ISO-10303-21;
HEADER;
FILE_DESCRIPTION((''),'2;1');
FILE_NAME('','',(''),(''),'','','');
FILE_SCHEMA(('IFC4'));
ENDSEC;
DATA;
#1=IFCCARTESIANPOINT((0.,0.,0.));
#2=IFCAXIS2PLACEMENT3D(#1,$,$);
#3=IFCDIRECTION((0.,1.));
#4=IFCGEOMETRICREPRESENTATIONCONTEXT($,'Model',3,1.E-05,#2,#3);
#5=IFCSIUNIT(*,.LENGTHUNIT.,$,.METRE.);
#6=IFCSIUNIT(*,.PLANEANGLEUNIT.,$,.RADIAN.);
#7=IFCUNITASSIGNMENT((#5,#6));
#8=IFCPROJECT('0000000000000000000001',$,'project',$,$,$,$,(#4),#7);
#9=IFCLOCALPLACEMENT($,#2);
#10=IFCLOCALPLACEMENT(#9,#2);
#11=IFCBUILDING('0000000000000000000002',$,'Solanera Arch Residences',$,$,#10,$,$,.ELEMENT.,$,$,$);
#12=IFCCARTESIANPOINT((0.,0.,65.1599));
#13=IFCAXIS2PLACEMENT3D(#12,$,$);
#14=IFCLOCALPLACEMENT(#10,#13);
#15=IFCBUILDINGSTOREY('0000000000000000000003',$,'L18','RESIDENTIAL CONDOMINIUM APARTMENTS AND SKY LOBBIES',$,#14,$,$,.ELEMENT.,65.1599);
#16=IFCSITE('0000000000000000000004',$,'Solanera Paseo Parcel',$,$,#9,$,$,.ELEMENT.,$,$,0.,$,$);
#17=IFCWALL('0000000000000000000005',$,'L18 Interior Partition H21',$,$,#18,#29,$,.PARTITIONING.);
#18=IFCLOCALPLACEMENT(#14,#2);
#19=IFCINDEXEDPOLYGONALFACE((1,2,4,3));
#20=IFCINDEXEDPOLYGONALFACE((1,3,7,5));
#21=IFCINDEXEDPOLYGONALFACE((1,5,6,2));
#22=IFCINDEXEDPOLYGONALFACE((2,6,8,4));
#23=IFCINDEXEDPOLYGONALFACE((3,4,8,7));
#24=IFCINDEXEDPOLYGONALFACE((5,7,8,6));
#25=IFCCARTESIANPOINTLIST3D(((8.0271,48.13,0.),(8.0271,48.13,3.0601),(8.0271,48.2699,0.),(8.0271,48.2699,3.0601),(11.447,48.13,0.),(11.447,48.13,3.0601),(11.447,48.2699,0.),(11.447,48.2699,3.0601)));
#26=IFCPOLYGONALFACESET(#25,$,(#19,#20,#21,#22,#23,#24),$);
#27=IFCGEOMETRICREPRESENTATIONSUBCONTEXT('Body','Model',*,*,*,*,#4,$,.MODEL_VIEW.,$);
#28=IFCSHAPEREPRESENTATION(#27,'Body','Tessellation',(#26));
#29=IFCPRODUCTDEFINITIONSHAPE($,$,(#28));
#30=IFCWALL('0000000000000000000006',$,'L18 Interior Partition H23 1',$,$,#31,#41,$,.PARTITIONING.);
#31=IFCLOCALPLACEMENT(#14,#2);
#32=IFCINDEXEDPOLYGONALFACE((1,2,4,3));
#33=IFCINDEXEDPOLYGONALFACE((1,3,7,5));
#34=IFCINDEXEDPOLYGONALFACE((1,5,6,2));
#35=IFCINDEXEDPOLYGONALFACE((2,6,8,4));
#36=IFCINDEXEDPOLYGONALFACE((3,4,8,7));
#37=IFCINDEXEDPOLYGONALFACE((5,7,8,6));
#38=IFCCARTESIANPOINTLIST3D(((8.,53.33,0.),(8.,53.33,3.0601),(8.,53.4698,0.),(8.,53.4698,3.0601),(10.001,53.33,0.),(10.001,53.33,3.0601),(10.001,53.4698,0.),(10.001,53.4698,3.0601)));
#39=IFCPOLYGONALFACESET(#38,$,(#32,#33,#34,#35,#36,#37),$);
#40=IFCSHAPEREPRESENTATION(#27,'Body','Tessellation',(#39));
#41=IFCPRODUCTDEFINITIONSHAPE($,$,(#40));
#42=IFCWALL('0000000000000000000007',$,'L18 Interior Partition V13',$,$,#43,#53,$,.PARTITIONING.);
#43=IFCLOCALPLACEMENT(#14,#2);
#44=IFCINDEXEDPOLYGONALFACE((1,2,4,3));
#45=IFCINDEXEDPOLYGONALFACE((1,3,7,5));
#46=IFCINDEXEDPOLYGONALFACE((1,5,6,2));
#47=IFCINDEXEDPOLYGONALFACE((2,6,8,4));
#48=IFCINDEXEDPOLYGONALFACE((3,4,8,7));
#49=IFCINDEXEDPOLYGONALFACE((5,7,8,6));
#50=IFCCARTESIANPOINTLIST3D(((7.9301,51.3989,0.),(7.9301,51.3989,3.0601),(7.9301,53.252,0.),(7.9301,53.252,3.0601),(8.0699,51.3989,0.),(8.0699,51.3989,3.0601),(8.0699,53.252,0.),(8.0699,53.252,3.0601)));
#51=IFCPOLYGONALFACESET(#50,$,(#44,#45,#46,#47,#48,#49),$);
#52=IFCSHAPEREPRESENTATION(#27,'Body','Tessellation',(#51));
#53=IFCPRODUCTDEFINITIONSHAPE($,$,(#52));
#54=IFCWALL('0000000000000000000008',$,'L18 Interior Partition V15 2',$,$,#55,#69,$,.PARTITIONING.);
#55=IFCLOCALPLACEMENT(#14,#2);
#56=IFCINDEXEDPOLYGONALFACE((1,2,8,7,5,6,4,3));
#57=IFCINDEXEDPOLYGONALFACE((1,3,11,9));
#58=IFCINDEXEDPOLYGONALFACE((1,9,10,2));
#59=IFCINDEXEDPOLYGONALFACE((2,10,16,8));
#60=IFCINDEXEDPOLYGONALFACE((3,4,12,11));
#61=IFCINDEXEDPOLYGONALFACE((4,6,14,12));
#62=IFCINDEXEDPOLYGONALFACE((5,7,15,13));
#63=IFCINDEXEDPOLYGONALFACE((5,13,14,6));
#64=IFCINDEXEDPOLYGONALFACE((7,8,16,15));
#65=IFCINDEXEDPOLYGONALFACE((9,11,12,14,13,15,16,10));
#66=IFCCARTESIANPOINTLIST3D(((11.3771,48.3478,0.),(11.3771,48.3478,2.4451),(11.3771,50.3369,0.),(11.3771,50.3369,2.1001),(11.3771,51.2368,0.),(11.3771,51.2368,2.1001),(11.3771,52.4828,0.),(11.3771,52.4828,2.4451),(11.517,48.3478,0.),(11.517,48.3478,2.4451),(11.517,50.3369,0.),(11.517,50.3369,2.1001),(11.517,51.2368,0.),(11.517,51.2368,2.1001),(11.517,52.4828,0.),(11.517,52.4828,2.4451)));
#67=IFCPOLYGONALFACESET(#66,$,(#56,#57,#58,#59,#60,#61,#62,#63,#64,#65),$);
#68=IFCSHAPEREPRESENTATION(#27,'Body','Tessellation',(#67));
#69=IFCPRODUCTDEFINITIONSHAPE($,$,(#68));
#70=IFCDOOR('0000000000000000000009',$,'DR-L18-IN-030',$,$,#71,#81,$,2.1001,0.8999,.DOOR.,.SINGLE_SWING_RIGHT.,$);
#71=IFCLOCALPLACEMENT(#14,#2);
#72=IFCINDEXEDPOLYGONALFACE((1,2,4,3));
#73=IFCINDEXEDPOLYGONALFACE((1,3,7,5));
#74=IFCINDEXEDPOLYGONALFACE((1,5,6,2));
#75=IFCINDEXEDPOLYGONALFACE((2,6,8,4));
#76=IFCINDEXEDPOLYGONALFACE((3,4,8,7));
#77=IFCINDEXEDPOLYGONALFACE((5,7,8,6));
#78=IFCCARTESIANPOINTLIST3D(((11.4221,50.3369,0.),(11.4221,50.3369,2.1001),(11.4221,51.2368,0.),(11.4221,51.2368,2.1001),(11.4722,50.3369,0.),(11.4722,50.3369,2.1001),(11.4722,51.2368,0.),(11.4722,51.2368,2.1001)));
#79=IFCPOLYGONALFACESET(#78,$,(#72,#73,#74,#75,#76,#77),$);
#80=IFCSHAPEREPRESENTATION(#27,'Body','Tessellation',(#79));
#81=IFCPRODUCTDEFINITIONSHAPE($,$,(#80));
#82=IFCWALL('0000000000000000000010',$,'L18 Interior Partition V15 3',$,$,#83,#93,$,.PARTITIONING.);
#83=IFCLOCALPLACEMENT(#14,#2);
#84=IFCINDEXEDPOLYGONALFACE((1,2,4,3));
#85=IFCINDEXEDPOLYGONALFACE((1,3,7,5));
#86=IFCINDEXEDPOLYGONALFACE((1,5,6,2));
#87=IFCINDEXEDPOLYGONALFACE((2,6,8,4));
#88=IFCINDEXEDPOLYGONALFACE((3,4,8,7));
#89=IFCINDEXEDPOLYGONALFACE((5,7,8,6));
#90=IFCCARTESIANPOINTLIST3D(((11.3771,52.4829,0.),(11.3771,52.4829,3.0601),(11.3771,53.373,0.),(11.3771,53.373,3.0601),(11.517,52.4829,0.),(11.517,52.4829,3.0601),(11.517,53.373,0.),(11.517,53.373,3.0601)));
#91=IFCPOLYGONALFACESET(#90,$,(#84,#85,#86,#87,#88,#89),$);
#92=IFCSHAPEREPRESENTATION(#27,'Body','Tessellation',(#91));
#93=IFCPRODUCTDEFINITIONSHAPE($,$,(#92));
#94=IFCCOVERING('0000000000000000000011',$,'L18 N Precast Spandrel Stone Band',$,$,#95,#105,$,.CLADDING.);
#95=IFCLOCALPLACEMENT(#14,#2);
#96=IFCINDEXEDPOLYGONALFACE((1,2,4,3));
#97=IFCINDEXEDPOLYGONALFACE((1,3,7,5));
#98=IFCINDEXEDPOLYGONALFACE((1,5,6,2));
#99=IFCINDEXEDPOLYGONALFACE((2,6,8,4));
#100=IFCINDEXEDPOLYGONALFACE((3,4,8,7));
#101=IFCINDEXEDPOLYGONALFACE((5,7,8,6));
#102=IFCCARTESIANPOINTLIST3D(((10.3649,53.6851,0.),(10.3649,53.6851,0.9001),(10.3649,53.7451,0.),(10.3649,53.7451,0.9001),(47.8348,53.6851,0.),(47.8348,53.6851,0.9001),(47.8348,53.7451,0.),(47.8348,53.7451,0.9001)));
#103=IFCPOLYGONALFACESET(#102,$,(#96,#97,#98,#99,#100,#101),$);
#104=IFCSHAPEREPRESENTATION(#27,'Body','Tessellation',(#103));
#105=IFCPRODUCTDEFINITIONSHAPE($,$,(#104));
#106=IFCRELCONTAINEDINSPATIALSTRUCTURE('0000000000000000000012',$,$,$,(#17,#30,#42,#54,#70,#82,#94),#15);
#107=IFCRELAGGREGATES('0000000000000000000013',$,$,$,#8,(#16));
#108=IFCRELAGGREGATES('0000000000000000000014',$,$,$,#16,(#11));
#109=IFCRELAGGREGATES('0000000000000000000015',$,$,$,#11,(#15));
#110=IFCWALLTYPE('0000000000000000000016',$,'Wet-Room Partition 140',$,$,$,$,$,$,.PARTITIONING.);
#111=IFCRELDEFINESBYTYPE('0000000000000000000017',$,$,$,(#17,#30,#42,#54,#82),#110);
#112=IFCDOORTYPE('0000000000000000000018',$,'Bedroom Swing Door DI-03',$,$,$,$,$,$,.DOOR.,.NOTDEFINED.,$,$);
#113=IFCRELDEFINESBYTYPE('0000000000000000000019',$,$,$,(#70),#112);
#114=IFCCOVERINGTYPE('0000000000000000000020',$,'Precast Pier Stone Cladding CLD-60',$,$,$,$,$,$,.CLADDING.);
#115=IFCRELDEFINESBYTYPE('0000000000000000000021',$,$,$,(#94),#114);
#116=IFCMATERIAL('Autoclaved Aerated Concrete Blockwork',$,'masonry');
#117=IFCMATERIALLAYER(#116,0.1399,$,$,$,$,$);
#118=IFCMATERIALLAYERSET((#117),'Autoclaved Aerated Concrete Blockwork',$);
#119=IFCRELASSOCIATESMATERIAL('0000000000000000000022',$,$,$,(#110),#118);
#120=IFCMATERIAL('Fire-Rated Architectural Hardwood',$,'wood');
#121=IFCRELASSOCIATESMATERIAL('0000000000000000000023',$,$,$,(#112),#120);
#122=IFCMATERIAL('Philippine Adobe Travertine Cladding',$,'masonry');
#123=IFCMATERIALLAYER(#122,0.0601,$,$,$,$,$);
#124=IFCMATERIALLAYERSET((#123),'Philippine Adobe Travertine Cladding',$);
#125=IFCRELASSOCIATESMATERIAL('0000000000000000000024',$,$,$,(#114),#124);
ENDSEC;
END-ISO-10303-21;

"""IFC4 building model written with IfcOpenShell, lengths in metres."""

from ifc_helpers import new_model, si_unit, direction, frame, frame_2d, origin, place, context, subcontext, project, spatial, rectangle, extrude, material, layer, layer_set, type_object, element, fill, save


model = new_model("IFC4")

# Units and contexts
model_context = context("Model", 3, precision=1e-05, world=origin(), true_north=direction((0.0, 1.0)))
body_context = subcontext(model_context, "Body", "Model", "MODEL_VIEW")
ifc_project = project(units=[si_unit("LENGTHUNIT", "METRE"), si_unit("PLANEANGLEUNIT", "RADIAN")], contexts=[model_context])

# Site, building, storey
site_placement = place(None, origin())
site = spatial("IfcSite", under=ifc_project, at=site_placement, Name="Solanera Paseo Parcel", CompositionType="ELEMENT", RefElevation=0.0)
building_placement = place(site_placement, origin())
building = spatial("IfcBuilding", under=site, at=building_placement, Name="Solanera Arch Residences", CompositionType="ELEMENT")
storey_placement = place(building_placement, frame((0.0, 0.0, 65.1599)))
storey = spatial("IfcBuildingStorey", under=building, at=storey_placement, Name="L18", Description="RESIDENTIAL CONDOMINIUM APARTMENTS AND SKY LOBBIES", CompositionType="ELEMENT", Elevation=65.1599)

# Walls
ifc_material_1 = material(Name="Autoclaved Aerated Concrete Blockwork", Category="masonry")
ifc_layer_1 = layer(ifc_material_1, 0.1399)
ifc_layer_set_1 = layer_set([ifc_layer_1], Name="Autoclaved Aerated Concrete Blockwork")
wall_type_1 = type_object("IfcWallType", Name="Wet-Room Partition 140", PredefinedType="PARTITIONING", material=ifc_layer_set_1)
wall_1_placement = place(storey_placement, frame((8.0271, 48.2, 0.0), z_axis=(0.0, 0.0, 1.0), x_axis=(1.0, 0.0, 0.0)))
element("IfcWall", 1, at=wall_1_placement, inside=storey, type_object=wall_type_1, Name="L18 Interior Partition H21", PredefinedType="PARTITIONING", context=body_context, shape_type="SweptSolid", body=[
    extrude(rectangle(XDim=3.4199, YDim=0.1399, at=frame_2d((1.71, 0.0))), origin(), (0.0, 0.0, 1.0), 3.0601),
])
wall_2_placement = place(storey_placement, frame((8.0, 53.3999, 0.0), z_axis=(0.0, 0.0, 1.0), x_axis=(1.0, 0.0, 0.0)))
element("IfcWall", 2, at=wall_2_placement, inside=storey, type_object=wall_type_1, Name="L18 Interior Partition H23 1", PredefinedType="PARTITIONING", context=body_context, shape_type="SweptSolid", body=[
    extrude(rectangle(XDim=2.001, YDim=0.1399, at=frame_2d((1.0005, 0.0))), origin(), (0.0, 0.0, 1.0), 3.0601),
])
wall_3_placement = place(storey_placement, frame((8.0, 51.3989, 0.0), z_axis=(0.0, 0.0, 1.0), x_axis=(0.0, 1.0, 0.0)))
element("IfcWall", 3, at=wall_3_placement, inside=storey, type_object=wall_type_1, Name="L18 Interior Partition V13", PredefinedType="PARTITIONING", context=body_context, shape_type="SweptSolid", body=[
    extrude(rectangle(XDim=1.853, YDim=0.1399, at=frame_2d((0.9265, 0.0))), origin(), (0.0, 0.0, 1.0), 3.0601),
])

# Wall, opening, door
wall_4_placement = place(storey_placement, frame((11.447, 48.3479, 0.0), z_axis=(0.0, 0.0, 1.0), x_axis=(0.0, 1.0, 0.0)))
wall_4 = element("IfcWall", 4, at=wall_4_placement, inside=storey, type_object=wall_type_1, Name="L18 Interior Partition V15 2", PredefinedType="PARTITIONING", context=body_context, shape_type="SweptSolid", body=[
    extrude(rectangle(XDim=4.135, YDim=0.1399, at=frame_2d((2.0674, 0.0))), origin(), (0.0, 0.0, 1.0), 2.4451),
])
opening_1_placement = place(wall_4_placement, frame((1.989, 0.0, 0.0)))
opening_1 = element("IfcOpeningElement", 5, at=opening_1_placement, cuts=wall_4, PredefinedType="OPENING", context=body_context, shape_type="SweptSolid", body=[
    extrude(rectangle(XDim=0.8999, YDim=2.1001, at=frame_2d((0.45, 1.05))), frame((0.0, 0.0798, 0.0), z_axis=(0.0, -1.0, 0.0), x_axis=(1.0, 0.0, 0.0)), (0.0, 0.0, 1.0), 0.1599),
])
ifc_material_2 = material(Name="Fire-Rated Architectural Hardwood", Category="wood")
door_type_1 = type_object("IfcDoorType", Name="Bedroom Swing Door DI-03", OperationType="NOTDEFINED", PredefinedType="DOOR", material=ifc_material_2)
door_1_placement = place(opening_1_placement, origin())
door_1 = element("IfcDoor", 6, at=door_1_placement, inside=storey, type_object=door_type_1, Name="DR-L18-IN-030", OperationType="SINGLE_SWING_RIGHT", OverallHeight=2.1001, OverallWidth=0.8999, PredefinedType="DOOR", context=body_context, shape_type="SweptSolid", body=[
    extrude(rectangle(XDim=0.8999, YDim=2.1001, at=frame_2d((0.45, 1.05))), frame((0.0, 0.0249, 0.0), z_axis=(0.0, -1.0, 0.0), x_axis=(1.0, 0.0, 0.0)), (0.0, 0.0, 1.0), 0.05),
])
fill(opening_1, door_1)

# Wall
wall_5_placement = place(storey_placement, frame((11.447, 52.4829, 0.0), z_axis=(0.0, 0.0, 1.0), x_axis=(0.0, 1.0, 0.0)))
element("IfcWall", 7, at=wall_5_placement, inside=storey, type_object=wall_type_1, Name="L18 Interior Partition V15 3", PredefinedType="PARTITIONING", context=body_context, shape_type="SweptSolid", body=[
    extrude(rectangle(XDim=0.8901, YDim=0.1399, at=frame_2d((0.4451, 0.0))), origin(), (0.0, 0.0, 1.0), 3.0601),
])

# Covering
ifc_material_3 = material(Name="Philippine Adobe Travertine Cladding", Category="masonry")
ifc_layer_2 = layer(ifc_material_3, 0.0601)
ifc_layer_set_2 = layer_set([ifc_layer_2], Name="Philippine Adobe Travertine Cladding")
covering_type = type_object("IfcCoveringType", Name="Precast Pier Stone Cladding CLD-60", PredefinedType="CLADDING", material=ifc_layer_set_2)
covering_placement = place(storey_placement, frame((10.365, 53.7151, 0.0), z_axis=(0.0, 0.0, 1.0), x_axis=(1.0, 0.0, 0.0)))
element("IfcCovering", 8, at=covering_placement, inside=storey, type_object=covering_type, Name="L18 N Precast Spandrel Stone Band", PredefinedType="CLADDING", context=body_context, shape_type="SweptSolid", body=[
    extrude(rectangle(XDim=37.47, YDim=0.0601, at=frame_2d((18.7349, 0.0))), origin(), (0.0, 0.0, 1.0), 0.9001),
])

save(model, "model.ifc")
